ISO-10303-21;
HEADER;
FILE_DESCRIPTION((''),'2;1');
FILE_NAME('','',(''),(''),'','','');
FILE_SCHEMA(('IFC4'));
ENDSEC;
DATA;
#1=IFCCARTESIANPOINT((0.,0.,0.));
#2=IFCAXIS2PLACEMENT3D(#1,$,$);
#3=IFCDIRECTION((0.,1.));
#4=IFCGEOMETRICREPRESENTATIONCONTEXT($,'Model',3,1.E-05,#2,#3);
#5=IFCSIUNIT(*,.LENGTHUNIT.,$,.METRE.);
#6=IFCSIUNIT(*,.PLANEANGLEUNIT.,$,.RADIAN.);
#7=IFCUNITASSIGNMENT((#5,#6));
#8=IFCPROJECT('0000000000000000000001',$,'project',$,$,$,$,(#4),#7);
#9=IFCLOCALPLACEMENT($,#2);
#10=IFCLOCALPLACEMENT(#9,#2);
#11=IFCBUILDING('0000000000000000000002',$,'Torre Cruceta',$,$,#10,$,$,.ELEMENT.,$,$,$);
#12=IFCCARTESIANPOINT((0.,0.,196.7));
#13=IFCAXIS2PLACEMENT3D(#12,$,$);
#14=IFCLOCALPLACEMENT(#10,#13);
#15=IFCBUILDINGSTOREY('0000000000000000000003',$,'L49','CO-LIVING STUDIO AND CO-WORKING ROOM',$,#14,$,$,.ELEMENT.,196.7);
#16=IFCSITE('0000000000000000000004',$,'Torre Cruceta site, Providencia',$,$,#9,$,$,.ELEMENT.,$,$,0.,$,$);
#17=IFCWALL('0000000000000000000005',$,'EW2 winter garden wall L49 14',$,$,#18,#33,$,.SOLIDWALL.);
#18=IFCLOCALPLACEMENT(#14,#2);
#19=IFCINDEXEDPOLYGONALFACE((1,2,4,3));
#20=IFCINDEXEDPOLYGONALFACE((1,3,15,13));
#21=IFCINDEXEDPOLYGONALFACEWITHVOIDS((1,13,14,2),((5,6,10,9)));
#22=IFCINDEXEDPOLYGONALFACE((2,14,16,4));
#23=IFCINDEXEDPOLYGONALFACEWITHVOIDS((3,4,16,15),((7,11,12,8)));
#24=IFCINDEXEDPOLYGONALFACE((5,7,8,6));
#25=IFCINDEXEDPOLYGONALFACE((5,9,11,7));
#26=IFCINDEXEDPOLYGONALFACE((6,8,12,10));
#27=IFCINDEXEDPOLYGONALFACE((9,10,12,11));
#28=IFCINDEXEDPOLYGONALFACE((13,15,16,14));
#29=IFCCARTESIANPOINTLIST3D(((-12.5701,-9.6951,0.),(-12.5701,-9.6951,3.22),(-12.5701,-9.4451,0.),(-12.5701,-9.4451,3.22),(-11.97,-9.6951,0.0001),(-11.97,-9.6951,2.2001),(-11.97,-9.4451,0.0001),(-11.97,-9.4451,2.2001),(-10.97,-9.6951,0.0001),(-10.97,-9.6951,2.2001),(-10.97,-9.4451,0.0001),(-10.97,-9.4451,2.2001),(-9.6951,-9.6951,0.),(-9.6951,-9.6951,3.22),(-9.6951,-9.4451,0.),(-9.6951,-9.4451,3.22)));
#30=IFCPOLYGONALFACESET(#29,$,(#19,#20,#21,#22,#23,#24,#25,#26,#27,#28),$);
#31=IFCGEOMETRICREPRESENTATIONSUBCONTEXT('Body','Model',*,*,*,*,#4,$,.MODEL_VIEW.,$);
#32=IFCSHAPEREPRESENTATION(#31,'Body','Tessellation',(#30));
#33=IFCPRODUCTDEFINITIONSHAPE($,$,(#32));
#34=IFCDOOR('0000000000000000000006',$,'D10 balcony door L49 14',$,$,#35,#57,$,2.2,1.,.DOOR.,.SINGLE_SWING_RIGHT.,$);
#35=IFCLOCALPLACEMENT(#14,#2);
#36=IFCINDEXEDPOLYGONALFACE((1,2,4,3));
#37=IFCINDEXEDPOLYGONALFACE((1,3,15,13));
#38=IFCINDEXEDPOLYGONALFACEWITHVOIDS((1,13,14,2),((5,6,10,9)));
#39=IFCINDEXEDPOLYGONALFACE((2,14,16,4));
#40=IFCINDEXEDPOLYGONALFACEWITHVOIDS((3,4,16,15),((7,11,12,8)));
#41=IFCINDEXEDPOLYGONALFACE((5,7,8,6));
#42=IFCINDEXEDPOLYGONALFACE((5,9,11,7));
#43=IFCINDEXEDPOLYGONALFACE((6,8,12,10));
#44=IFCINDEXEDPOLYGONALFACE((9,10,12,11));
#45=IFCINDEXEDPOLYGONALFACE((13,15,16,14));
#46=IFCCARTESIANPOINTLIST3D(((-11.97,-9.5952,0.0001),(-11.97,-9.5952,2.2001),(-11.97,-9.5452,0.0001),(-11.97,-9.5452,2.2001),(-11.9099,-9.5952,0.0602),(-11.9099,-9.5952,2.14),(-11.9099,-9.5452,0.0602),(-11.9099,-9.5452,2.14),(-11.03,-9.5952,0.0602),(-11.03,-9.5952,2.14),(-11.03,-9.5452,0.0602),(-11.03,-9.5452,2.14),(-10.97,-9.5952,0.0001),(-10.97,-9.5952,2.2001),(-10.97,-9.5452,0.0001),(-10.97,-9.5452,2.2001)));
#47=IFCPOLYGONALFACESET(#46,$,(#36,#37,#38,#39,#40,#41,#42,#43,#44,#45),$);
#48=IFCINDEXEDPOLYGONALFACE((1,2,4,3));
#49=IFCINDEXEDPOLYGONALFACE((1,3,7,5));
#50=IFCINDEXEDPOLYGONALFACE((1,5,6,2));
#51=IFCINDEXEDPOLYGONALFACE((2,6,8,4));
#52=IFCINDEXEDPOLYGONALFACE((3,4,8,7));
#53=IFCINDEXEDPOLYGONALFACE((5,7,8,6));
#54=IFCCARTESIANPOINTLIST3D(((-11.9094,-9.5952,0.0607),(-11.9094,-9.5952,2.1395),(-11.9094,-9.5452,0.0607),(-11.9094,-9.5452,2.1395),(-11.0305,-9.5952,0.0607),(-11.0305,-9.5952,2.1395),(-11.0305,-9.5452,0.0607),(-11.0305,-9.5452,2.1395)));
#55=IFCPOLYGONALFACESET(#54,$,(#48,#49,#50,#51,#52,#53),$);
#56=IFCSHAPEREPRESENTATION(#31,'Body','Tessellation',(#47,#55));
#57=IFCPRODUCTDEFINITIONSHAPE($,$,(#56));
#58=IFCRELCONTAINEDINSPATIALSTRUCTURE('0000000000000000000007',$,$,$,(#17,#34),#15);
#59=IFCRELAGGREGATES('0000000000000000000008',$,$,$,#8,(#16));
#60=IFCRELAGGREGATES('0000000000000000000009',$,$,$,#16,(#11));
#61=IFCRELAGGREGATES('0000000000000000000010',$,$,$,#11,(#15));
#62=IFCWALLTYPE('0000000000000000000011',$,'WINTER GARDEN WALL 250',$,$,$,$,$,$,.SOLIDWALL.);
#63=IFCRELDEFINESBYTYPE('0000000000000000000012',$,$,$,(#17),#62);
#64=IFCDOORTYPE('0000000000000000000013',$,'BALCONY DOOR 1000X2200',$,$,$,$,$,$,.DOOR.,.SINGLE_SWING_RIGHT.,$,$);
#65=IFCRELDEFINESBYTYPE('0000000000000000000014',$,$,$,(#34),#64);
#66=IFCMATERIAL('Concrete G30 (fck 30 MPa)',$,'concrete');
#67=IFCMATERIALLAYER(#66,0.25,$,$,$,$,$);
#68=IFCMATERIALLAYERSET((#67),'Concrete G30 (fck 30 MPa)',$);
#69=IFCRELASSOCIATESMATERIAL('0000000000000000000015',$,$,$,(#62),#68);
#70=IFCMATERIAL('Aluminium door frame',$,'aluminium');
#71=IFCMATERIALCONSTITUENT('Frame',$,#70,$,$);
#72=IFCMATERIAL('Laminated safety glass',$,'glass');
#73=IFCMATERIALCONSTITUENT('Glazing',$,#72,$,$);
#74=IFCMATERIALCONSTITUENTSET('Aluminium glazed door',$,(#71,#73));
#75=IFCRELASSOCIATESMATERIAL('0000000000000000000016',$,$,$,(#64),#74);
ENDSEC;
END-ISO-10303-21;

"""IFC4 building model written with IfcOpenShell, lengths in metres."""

from ifc_helpers import new_model, si_unit, direction, frame, frame_2d, origin, place, context, subcontext, project, spatial, rectangle, hollow_rectangle, extrude, material, layer, layer_set, constituent, constituent_set, type_object, element, fill, save


model = new_model("IFC4")

# Units and contexts
model_context = context("Model", 3, precision=1e-05, world=origin(), true_north=direction((0.0, 1.0)))
body_context = subcontext(model_context, "Body", "Model", "MODEL_VIEW")
ifc_project = project(units=[si_unit("LENGTHUNIT", "METRE"), si_unit("PLANEANGLEUNIT", "RADIAN")], contexts=[model_context])

# Site, building, storey
site_placement = place(None, origin())
site = spatial("IfcSite", under=ifc_project, at=site_placement, Name="Torre Cruceta site, Providencia", CompositionType="ELEMENT", RefElevation=0.0)
building_placement = place(site_placement, origin())
building = spatial("IfcBuilding", under=site, at=building_placement, Name="Torre Cruceta", CompositionType="ELEMENT")
storey_placement = place(building_placement, frame((0.0, 0.0, 196.7)))
storey = spatial("IfcBuildingStorey", under=building, at=storey_placement, Name="L49", Description="CO-LIVING STUDIO AND CO-WORKING ROOM", CompositionType="ELEMENT", Elevation=196.7)

# Wall, opening, door
ifc_material_1 = material(Name="Concrete G30 (fck 30 MPa)", Category="concrete")
ifc_layer_1 = layer(ifc_material_1, 0.25)
ifc_layer_set_1 = layer_set([ifc_layer_1], Name="Concrete G30 (fck 30 MPa)")
wall_type_1 = type_object("IfcWallType", Name="WINTER GARDEN WALL 250", PredefinedType="SOLIDWALL", material=ifc_layer_set_1)
wall_1_placement = place(storey_placement, frame((-12.5701, -9.5701, 0.0), z_axis=(0.0, 0.0, 1.0), x_axis=(1.0, 0.0, 0.0)))
wall_1 = element("IfcWall", 1, at=wall_1_placement, inside=storey, type_object=wall_type_1, Name="EW2 winter garden wall L49 14", PredefinedType="SOLIDWALL", context=body_context, shape_type="SweptSolid", body=[
    extrude(rectangle(XDim=2.875, YDim=0.25, at=frame_2d((1.4375, 0.0))), origin(), (0.0, 0.0, 1.0), 3.22),
])
opening_1_placement = place(wall_1_placement, frame((0.6001, 0.0, 0.0)))
opening_1 = element("IfcOpeningElement", 2, at=opening_1_placement, cuts=wall_1, PredefinedType="OPENING", context=body_context, shape_type="SweptSolid", body=[
    extrude(rectangle(XDim=1.0, YDim=2.2, at=frame_2d((0.5, 1.1001))), frame((0.0, 0.135, 0.0), z_axis=(0.0, -1.0, 0.0), x_axis=(1.0, 0.0, 0.0)), (0.0, 0.0, 1.0), 0.27),
])
ifc_material_2 = material(Name="Aluminium door frame", Category="aluminium")
ifc_constituent_1 = constituent(ifc_material_2, Name="Frame")
ifc_material_3 = material(Name="Laminated safety glass", Category="glass")
ifc_constituent_2 = constituent(ifc_material_3, Name="Glazing")
ifc_constituent_set_1 = constituent_set(constituents=[ifc_constituent_1, ifc_constituent_2], Name="Aluminium glazed door")
door_type_1 = type_object("IfcDoorType", Name="BALCONY DOOR 1000X2200", OperationType="SINGLE_SWING_RIGHT", PredefinedType="DOOR", material=ifc_constituent_set_1)
door_1_placement = place(opening_1_placement, origin())
door_1 = element("IfcDoor", 3, at=door_1_placement, inside=storey, type_object=door_type_1, Name="D10 balcony door L49 14", OperationType="SINGLE_SWING_RIGHT", OverallHeight=2.2, OverallWidth=1.0, PredefinedType="DOOR", context=body_context, shape_type="SweptSolid", body=[
    extrude(hollow_rectangle(XDim=1.0, YDim=2.2, WallThickness=0.0601, at=frame_2d((0.5, 1.1001))), frame((0.0, 0.0249, 0.0), z_axis=(0.0, -1.0, 0.0), x_axis=(1.0, 0.0, 0.0)), (0.0, 0.0, 1.0), 0.05),
    extrude(rectangle(XDim=0.8789, YDim=2.0789, at=frame_2d((0.5, 1.1001))), frame((0.0, 0.0249, 0.0), z_axis=(0.0, -1.0, 0.0), x_axis=(1.0, 0.0, 0.0)), (0.0, 0.0, 1.0), 0.05),
])
fill(opening_1, door_1)

save(model, "model.ifc")
